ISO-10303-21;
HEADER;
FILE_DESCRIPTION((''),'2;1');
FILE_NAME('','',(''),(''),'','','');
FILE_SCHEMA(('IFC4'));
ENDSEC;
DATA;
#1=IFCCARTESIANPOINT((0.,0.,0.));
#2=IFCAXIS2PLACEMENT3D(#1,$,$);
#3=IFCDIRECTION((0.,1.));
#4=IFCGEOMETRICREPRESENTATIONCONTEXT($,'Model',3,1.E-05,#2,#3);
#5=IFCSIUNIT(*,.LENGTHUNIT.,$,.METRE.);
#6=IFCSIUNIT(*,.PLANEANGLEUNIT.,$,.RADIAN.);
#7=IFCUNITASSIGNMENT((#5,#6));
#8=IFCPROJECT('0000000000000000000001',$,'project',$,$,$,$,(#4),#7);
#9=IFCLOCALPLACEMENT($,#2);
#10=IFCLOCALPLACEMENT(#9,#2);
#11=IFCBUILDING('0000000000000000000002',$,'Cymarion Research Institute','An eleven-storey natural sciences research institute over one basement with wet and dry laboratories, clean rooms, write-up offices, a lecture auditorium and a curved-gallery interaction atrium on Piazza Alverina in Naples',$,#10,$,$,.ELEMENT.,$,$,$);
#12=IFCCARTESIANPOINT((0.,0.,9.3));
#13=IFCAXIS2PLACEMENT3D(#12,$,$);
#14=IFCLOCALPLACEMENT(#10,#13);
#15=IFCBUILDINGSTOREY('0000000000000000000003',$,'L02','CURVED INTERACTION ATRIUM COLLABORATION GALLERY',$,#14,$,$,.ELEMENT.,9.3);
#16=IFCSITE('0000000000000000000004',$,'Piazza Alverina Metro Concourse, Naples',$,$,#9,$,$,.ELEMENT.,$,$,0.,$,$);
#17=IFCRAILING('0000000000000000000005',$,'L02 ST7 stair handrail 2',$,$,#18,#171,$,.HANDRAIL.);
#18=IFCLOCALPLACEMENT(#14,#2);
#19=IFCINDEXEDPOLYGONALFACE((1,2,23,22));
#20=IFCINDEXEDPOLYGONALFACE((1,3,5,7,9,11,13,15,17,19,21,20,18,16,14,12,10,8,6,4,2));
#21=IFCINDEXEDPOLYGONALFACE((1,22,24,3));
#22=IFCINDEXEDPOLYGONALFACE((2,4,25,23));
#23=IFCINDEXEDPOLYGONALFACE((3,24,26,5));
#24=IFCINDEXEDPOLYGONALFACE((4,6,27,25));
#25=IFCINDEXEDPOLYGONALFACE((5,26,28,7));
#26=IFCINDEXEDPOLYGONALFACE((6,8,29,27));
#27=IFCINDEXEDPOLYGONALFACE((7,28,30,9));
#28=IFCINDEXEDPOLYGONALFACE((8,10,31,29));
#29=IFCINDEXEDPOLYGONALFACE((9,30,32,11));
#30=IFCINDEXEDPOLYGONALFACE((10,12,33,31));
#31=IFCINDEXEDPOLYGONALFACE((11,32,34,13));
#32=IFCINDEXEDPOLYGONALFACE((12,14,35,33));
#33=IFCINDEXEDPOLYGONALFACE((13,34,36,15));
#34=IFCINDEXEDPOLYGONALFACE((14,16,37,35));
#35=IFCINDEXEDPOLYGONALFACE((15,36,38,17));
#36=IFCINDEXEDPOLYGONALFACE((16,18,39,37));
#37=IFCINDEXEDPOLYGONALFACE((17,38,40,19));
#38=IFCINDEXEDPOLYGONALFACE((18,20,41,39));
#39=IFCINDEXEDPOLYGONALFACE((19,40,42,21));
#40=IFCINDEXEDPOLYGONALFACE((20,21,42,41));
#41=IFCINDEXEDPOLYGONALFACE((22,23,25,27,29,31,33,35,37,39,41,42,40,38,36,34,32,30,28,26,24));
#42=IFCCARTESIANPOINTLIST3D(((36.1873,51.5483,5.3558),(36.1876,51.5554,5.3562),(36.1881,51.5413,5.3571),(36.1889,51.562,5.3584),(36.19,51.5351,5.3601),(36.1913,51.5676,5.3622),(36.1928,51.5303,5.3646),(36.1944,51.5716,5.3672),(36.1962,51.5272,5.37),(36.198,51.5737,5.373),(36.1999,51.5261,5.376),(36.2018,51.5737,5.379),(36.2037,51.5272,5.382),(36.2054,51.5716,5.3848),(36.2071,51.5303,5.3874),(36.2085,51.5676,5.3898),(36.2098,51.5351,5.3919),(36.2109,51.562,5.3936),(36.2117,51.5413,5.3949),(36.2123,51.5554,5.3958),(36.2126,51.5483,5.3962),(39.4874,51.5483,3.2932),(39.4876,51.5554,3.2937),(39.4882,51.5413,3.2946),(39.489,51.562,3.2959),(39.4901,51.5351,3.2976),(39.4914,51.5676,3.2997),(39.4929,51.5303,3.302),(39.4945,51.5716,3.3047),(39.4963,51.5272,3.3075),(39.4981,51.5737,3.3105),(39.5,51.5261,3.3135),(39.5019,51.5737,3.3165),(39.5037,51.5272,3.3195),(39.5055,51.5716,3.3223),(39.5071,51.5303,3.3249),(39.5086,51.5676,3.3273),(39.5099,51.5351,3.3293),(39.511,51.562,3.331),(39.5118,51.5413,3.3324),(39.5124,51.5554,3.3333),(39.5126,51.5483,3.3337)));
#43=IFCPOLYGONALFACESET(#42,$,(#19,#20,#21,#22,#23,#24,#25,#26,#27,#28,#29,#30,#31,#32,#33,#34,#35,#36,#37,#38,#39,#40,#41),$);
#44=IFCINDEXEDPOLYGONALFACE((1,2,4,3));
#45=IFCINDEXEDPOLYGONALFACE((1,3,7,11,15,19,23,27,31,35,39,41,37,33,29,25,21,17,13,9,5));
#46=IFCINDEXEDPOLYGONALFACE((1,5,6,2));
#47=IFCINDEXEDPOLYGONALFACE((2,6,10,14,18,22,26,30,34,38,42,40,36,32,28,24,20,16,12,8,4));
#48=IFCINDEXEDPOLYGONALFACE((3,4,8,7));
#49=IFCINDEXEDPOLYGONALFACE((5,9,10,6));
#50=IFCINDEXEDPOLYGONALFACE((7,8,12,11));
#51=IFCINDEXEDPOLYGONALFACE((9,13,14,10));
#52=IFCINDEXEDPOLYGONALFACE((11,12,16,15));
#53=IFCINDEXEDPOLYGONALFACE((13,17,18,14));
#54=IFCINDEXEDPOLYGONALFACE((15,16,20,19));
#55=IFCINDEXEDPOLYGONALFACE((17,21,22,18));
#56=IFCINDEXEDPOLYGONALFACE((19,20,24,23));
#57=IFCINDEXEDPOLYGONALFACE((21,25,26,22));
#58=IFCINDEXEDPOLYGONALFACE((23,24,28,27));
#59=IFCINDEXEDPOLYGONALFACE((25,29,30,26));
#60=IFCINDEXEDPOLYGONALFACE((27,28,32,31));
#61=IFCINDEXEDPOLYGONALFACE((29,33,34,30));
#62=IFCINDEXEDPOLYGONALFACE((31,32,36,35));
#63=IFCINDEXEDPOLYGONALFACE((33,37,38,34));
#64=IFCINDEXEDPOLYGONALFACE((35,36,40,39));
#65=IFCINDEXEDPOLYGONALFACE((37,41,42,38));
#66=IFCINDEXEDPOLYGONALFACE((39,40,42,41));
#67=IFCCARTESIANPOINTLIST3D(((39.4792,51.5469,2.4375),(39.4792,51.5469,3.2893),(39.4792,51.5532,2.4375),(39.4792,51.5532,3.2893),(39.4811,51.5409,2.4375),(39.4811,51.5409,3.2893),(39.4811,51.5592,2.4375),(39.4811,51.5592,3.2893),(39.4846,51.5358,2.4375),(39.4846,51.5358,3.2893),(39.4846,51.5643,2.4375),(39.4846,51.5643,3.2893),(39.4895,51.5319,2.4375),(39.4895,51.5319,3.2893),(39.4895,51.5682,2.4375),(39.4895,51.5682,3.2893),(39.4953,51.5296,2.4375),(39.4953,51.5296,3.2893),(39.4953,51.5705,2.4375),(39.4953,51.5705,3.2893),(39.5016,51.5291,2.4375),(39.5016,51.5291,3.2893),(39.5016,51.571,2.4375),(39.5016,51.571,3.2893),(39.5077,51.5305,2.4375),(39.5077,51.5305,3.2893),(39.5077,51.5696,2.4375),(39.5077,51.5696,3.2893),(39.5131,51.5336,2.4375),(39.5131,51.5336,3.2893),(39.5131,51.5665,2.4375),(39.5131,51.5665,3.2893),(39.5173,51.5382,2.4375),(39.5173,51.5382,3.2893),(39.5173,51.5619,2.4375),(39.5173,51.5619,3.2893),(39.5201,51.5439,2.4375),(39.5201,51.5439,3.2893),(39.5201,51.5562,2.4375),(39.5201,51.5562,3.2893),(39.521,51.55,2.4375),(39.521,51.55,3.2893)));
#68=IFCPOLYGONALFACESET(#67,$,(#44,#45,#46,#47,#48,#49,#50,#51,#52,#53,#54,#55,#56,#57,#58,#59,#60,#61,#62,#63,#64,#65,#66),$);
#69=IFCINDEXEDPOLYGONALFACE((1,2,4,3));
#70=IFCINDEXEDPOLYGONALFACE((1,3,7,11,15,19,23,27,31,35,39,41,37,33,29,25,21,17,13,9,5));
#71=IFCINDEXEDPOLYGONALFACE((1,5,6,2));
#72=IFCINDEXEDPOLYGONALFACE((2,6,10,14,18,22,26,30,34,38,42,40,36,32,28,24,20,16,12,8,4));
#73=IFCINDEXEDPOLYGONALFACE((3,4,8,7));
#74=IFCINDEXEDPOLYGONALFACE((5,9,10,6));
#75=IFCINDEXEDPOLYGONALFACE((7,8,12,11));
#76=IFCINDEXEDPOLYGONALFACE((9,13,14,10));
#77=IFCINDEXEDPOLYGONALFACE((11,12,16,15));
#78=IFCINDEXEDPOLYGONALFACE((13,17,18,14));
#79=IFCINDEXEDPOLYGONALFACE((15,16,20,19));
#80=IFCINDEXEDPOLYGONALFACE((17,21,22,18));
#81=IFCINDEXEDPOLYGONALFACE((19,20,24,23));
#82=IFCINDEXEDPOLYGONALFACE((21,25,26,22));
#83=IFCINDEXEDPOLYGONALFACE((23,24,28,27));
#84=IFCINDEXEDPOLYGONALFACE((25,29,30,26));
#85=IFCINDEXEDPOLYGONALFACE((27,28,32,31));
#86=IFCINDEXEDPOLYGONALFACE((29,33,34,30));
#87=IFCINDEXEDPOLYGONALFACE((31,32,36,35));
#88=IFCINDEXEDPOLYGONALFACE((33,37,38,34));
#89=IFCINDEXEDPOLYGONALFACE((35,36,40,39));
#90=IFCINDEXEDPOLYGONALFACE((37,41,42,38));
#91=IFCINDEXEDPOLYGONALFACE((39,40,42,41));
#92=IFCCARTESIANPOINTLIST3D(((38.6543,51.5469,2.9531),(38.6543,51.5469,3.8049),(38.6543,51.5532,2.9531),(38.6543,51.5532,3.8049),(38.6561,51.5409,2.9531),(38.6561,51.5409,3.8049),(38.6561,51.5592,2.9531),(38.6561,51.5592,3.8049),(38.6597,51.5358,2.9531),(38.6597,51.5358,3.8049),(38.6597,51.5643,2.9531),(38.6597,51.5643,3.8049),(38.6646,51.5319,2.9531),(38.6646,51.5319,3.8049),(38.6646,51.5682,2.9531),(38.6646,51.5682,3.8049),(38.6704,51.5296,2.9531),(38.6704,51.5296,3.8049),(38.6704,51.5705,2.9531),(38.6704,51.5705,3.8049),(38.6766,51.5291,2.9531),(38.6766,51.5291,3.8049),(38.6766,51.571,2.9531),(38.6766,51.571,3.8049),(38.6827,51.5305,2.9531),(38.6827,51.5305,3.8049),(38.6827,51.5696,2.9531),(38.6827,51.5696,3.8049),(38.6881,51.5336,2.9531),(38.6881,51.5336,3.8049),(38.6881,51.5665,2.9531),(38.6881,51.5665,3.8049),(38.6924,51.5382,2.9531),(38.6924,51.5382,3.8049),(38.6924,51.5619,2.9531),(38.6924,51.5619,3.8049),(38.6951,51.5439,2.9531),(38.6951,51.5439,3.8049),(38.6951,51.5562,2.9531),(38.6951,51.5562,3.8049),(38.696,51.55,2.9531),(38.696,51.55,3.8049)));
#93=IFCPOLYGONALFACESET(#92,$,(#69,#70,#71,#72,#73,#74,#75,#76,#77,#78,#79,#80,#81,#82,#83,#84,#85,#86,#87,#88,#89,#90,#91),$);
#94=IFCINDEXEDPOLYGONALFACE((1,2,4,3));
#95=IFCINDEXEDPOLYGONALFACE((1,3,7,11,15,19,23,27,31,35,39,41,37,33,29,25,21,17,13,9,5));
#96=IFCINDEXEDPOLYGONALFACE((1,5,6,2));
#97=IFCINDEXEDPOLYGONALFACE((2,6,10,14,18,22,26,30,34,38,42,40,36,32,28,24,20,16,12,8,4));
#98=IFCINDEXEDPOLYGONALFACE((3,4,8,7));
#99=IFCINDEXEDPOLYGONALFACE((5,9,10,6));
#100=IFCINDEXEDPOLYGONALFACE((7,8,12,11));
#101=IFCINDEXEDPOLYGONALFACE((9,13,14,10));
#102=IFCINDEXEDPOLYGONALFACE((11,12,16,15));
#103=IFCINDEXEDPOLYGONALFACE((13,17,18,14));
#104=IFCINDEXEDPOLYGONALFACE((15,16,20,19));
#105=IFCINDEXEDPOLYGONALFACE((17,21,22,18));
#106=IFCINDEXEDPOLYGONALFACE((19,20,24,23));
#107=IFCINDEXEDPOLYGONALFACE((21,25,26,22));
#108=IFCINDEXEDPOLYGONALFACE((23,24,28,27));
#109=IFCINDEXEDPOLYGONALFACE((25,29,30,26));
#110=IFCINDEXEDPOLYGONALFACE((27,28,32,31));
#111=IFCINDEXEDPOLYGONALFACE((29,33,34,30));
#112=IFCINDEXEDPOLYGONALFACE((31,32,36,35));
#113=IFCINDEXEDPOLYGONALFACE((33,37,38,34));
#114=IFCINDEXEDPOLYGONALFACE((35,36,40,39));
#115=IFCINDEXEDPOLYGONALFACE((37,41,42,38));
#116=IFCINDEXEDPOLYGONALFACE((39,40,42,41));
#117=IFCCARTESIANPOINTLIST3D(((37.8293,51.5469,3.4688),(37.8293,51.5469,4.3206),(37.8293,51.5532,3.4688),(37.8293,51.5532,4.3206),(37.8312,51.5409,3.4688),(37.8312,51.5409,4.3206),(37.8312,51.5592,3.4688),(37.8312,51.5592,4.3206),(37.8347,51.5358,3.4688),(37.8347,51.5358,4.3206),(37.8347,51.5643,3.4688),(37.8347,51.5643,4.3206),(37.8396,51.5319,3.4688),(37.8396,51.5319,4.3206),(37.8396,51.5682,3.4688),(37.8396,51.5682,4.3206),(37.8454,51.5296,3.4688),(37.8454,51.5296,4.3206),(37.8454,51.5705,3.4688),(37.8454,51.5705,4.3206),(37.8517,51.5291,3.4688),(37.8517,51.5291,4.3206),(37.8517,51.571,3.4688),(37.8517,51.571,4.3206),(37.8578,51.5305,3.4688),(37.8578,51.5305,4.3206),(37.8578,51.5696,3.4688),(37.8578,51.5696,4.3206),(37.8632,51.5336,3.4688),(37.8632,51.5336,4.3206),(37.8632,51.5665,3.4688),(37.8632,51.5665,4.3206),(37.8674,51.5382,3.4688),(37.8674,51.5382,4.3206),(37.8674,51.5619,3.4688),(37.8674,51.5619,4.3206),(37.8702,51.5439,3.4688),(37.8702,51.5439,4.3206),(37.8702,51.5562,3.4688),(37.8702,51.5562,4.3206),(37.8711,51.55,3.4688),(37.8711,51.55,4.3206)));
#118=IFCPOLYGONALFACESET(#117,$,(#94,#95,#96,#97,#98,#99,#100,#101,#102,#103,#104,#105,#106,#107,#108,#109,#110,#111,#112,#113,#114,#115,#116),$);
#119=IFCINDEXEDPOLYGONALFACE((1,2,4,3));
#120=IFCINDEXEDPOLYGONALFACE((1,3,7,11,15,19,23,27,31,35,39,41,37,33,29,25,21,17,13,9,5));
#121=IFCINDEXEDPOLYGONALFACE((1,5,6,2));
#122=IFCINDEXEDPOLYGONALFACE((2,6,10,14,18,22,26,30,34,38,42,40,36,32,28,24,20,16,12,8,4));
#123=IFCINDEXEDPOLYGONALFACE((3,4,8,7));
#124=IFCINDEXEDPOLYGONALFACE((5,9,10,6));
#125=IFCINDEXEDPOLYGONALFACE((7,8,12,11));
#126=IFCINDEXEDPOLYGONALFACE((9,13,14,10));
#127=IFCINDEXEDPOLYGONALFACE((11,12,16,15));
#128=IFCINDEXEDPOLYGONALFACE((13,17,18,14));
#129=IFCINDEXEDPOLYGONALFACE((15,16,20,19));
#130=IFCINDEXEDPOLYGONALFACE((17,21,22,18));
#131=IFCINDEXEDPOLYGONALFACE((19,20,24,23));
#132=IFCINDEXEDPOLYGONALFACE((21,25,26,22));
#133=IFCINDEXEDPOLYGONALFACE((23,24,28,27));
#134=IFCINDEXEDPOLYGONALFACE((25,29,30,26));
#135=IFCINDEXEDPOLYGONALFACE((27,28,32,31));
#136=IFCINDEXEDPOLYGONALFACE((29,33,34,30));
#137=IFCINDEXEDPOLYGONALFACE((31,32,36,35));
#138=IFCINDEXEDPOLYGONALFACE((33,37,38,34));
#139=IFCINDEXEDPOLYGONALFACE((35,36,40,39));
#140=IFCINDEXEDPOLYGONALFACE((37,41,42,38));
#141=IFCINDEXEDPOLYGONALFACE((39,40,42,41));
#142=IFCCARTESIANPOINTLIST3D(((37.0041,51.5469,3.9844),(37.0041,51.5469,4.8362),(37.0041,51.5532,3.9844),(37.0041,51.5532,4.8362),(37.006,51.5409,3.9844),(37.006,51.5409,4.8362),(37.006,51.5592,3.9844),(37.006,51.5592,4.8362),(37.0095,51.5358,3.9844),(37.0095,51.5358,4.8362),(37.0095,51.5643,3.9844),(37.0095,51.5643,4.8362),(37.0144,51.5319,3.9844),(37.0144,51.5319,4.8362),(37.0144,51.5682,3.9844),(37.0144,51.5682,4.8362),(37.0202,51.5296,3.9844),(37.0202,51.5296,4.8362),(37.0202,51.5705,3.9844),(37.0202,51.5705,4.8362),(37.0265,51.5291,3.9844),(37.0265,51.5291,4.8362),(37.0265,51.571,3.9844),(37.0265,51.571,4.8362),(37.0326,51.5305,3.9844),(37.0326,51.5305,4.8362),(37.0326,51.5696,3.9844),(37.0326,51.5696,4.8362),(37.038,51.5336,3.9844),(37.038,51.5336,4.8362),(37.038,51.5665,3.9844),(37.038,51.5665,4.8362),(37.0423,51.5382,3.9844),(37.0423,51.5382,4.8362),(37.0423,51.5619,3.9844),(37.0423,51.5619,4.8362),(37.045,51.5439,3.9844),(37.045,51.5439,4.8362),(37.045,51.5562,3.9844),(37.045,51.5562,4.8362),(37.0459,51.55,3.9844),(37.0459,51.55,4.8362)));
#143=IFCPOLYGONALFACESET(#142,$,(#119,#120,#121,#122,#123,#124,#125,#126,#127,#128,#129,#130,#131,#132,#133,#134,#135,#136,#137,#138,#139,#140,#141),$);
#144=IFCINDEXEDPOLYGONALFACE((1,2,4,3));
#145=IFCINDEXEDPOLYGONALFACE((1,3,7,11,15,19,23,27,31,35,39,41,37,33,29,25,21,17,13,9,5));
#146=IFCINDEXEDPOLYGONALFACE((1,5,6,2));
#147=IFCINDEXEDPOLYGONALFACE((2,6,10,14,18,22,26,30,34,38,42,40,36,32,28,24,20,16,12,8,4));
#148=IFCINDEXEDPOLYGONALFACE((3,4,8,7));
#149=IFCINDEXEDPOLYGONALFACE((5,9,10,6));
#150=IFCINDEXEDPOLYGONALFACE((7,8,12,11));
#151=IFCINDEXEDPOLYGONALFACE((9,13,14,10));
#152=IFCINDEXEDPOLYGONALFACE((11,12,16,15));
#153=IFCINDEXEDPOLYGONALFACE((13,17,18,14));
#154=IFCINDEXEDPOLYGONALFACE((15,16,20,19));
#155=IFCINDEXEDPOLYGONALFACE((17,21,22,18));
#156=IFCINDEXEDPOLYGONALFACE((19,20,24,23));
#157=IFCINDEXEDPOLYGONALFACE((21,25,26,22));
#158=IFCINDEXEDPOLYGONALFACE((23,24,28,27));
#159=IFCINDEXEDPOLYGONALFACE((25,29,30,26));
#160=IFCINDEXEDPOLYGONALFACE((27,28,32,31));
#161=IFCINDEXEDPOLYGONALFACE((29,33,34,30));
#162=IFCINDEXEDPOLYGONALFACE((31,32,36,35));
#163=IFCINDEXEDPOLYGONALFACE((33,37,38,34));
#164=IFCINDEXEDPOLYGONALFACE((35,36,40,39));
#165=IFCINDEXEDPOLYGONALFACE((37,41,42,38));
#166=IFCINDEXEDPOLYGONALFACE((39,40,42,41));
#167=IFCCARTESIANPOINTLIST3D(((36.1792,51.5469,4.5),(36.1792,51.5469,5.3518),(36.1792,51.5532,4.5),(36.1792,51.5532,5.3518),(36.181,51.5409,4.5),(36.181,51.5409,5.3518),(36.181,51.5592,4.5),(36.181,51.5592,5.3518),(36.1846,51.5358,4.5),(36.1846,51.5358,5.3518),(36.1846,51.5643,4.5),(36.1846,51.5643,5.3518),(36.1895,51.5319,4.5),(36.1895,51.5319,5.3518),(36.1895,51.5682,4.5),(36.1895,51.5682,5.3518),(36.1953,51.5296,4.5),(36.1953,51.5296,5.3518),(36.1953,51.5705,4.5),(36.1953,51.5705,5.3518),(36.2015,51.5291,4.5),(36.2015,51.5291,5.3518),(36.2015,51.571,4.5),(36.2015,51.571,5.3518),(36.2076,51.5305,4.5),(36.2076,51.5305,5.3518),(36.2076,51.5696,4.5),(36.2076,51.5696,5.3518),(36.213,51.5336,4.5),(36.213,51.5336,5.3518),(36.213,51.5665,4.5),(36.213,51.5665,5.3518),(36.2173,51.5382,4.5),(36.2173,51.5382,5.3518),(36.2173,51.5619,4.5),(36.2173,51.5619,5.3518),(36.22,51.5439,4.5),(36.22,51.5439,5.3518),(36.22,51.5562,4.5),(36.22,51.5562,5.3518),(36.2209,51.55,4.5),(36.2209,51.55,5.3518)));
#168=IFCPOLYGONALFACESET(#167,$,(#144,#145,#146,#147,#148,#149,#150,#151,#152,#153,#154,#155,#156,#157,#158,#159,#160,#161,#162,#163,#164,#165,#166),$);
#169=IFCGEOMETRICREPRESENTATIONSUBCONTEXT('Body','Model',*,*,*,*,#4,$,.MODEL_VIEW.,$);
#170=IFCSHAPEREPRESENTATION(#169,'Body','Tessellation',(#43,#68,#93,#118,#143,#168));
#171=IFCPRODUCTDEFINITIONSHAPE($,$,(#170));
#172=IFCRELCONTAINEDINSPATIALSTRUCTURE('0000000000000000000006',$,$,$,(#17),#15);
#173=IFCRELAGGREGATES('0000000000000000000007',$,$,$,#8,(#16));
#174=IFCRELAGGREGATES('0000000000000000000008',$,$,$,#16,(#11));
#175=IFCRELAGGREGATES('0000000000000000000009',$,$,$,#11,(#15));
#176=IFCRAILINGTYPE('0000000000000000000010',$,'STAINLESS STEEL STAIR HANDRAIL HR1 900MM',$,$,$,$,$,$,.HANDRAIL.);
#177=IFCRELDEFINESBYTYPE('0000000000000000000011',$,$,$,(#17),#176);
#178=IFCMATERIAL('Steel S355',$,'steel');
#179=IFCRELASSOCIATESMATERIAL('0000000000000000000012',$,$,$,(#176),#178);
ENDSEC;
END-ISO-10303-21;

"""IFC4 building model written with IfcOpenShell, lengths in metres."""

from ifc_helpers import new_model, si_unit, direction, frame, origin, origin_2d, place, context, subcontext, project, spatial, circle, extrude, material, type_object, element, save


model = new_model("IFC4")

# Units and contexts
model_context = context("Model", 3, precision=1e-05, world=origin(), true_north=direction((0.0, 1.0)))
body_context = subcontext(model_context, "Body", "Model", "MODEL_VIEW")
ifc_project = project(units=[si_unit("LENGTHUNIT", "METRE"), si_unit("PLANEANGLEUNIT", "RADIAN")], contexts=[model_context])

# Site, building, storey
site_placement = place(None, origin())
site = spatial("IfcSite", under=ifc_project, at=site_placement, Name="Piazza Alverina Metro Concourse, Naples", CompositionType="ELEMENT", RefElevation=0.0)
building_placement = place(site_placement, origin())
building = spatial("IfcBuilding", under=site, at=building_placement, Name="Cymarion Research Institute", Description="An eleven-storey natural sciences research institute over one basement with wet and dry laboratories, clean rooms, write-up offices, a lecture auditorium and a curved-gallery interaction atrium on Piazza Alverina in Naples", CompositionType="ELEMENT")
storey_placement = place(building_placement, frame((0.0, 0.0, 9.3)))
storey = spatial("IfcBuildingStorey", under=building, at=storey_placement, Name="L02", Description="CURVED INTERACTION ATRIUM COLLABORATION GALLERY", CompositionType="ELEMENT", Elevation=9.3)

# Railing
ifc_material_1 = material(Name="Steel S355", Category="steel")
railing_type_1 = type_object("IfcRailingType", Name="STAINLESS STEEL STAIR HANDRAIL HR1 900MM", PredefinedType="HANDRAIL", material=ifc_material_1)
railing_1_placement = place(storey_placement, frame((39.5, 51.55, 2.4375)))
element("IfcRailing", 1, at=railing_1_placement, inside=storey, type_object=railing_type_1, Name="L02 ST7 stair handrail 2", PredefinedType="HANDRAIL", context=body_context, shape_type="SweptSolid", body=[
    extrude(circle(Radius=0.0239, at=origin_2d()), frame((0.0, 0.0, 0.876), z_axis=(-0.848002, 0.0, 0.529993), x_axis=(0.0, -1.0, 0.0)), (0.0, 0.0, 1.0), 3.8916),
    extrude(circle(Radius=0.021, at=origin_2d()), origin(), (0.0, 0.0, 1.0), 0.8518),
    extrude(circle(Radius=0.021, at=origin_2d()), frame((-0.825, 0.0, 0.5156)), (0.0, 0.0, 1.0), 0.8518),
    extrude(circle(Radius=0.021, at=origin_2d()), frame((-1.6499, 0.0, 1.0312)), (0.0, 0.0, 1.0), 0.8518),
    extrude(circle(Radius=0.021, at=origin_2d()), frame((-2.4751, 0.0, 1.5469)), (0.0, 0.0, 1.0), 0.8518),
    extrude(circle(Radius=0.021, at=origin_2d()), frame((-3.3, 0.0, 2.0625)), (0.0, 0.0, 1.0), 0.8518),
])

save(model, "model.ifc")
